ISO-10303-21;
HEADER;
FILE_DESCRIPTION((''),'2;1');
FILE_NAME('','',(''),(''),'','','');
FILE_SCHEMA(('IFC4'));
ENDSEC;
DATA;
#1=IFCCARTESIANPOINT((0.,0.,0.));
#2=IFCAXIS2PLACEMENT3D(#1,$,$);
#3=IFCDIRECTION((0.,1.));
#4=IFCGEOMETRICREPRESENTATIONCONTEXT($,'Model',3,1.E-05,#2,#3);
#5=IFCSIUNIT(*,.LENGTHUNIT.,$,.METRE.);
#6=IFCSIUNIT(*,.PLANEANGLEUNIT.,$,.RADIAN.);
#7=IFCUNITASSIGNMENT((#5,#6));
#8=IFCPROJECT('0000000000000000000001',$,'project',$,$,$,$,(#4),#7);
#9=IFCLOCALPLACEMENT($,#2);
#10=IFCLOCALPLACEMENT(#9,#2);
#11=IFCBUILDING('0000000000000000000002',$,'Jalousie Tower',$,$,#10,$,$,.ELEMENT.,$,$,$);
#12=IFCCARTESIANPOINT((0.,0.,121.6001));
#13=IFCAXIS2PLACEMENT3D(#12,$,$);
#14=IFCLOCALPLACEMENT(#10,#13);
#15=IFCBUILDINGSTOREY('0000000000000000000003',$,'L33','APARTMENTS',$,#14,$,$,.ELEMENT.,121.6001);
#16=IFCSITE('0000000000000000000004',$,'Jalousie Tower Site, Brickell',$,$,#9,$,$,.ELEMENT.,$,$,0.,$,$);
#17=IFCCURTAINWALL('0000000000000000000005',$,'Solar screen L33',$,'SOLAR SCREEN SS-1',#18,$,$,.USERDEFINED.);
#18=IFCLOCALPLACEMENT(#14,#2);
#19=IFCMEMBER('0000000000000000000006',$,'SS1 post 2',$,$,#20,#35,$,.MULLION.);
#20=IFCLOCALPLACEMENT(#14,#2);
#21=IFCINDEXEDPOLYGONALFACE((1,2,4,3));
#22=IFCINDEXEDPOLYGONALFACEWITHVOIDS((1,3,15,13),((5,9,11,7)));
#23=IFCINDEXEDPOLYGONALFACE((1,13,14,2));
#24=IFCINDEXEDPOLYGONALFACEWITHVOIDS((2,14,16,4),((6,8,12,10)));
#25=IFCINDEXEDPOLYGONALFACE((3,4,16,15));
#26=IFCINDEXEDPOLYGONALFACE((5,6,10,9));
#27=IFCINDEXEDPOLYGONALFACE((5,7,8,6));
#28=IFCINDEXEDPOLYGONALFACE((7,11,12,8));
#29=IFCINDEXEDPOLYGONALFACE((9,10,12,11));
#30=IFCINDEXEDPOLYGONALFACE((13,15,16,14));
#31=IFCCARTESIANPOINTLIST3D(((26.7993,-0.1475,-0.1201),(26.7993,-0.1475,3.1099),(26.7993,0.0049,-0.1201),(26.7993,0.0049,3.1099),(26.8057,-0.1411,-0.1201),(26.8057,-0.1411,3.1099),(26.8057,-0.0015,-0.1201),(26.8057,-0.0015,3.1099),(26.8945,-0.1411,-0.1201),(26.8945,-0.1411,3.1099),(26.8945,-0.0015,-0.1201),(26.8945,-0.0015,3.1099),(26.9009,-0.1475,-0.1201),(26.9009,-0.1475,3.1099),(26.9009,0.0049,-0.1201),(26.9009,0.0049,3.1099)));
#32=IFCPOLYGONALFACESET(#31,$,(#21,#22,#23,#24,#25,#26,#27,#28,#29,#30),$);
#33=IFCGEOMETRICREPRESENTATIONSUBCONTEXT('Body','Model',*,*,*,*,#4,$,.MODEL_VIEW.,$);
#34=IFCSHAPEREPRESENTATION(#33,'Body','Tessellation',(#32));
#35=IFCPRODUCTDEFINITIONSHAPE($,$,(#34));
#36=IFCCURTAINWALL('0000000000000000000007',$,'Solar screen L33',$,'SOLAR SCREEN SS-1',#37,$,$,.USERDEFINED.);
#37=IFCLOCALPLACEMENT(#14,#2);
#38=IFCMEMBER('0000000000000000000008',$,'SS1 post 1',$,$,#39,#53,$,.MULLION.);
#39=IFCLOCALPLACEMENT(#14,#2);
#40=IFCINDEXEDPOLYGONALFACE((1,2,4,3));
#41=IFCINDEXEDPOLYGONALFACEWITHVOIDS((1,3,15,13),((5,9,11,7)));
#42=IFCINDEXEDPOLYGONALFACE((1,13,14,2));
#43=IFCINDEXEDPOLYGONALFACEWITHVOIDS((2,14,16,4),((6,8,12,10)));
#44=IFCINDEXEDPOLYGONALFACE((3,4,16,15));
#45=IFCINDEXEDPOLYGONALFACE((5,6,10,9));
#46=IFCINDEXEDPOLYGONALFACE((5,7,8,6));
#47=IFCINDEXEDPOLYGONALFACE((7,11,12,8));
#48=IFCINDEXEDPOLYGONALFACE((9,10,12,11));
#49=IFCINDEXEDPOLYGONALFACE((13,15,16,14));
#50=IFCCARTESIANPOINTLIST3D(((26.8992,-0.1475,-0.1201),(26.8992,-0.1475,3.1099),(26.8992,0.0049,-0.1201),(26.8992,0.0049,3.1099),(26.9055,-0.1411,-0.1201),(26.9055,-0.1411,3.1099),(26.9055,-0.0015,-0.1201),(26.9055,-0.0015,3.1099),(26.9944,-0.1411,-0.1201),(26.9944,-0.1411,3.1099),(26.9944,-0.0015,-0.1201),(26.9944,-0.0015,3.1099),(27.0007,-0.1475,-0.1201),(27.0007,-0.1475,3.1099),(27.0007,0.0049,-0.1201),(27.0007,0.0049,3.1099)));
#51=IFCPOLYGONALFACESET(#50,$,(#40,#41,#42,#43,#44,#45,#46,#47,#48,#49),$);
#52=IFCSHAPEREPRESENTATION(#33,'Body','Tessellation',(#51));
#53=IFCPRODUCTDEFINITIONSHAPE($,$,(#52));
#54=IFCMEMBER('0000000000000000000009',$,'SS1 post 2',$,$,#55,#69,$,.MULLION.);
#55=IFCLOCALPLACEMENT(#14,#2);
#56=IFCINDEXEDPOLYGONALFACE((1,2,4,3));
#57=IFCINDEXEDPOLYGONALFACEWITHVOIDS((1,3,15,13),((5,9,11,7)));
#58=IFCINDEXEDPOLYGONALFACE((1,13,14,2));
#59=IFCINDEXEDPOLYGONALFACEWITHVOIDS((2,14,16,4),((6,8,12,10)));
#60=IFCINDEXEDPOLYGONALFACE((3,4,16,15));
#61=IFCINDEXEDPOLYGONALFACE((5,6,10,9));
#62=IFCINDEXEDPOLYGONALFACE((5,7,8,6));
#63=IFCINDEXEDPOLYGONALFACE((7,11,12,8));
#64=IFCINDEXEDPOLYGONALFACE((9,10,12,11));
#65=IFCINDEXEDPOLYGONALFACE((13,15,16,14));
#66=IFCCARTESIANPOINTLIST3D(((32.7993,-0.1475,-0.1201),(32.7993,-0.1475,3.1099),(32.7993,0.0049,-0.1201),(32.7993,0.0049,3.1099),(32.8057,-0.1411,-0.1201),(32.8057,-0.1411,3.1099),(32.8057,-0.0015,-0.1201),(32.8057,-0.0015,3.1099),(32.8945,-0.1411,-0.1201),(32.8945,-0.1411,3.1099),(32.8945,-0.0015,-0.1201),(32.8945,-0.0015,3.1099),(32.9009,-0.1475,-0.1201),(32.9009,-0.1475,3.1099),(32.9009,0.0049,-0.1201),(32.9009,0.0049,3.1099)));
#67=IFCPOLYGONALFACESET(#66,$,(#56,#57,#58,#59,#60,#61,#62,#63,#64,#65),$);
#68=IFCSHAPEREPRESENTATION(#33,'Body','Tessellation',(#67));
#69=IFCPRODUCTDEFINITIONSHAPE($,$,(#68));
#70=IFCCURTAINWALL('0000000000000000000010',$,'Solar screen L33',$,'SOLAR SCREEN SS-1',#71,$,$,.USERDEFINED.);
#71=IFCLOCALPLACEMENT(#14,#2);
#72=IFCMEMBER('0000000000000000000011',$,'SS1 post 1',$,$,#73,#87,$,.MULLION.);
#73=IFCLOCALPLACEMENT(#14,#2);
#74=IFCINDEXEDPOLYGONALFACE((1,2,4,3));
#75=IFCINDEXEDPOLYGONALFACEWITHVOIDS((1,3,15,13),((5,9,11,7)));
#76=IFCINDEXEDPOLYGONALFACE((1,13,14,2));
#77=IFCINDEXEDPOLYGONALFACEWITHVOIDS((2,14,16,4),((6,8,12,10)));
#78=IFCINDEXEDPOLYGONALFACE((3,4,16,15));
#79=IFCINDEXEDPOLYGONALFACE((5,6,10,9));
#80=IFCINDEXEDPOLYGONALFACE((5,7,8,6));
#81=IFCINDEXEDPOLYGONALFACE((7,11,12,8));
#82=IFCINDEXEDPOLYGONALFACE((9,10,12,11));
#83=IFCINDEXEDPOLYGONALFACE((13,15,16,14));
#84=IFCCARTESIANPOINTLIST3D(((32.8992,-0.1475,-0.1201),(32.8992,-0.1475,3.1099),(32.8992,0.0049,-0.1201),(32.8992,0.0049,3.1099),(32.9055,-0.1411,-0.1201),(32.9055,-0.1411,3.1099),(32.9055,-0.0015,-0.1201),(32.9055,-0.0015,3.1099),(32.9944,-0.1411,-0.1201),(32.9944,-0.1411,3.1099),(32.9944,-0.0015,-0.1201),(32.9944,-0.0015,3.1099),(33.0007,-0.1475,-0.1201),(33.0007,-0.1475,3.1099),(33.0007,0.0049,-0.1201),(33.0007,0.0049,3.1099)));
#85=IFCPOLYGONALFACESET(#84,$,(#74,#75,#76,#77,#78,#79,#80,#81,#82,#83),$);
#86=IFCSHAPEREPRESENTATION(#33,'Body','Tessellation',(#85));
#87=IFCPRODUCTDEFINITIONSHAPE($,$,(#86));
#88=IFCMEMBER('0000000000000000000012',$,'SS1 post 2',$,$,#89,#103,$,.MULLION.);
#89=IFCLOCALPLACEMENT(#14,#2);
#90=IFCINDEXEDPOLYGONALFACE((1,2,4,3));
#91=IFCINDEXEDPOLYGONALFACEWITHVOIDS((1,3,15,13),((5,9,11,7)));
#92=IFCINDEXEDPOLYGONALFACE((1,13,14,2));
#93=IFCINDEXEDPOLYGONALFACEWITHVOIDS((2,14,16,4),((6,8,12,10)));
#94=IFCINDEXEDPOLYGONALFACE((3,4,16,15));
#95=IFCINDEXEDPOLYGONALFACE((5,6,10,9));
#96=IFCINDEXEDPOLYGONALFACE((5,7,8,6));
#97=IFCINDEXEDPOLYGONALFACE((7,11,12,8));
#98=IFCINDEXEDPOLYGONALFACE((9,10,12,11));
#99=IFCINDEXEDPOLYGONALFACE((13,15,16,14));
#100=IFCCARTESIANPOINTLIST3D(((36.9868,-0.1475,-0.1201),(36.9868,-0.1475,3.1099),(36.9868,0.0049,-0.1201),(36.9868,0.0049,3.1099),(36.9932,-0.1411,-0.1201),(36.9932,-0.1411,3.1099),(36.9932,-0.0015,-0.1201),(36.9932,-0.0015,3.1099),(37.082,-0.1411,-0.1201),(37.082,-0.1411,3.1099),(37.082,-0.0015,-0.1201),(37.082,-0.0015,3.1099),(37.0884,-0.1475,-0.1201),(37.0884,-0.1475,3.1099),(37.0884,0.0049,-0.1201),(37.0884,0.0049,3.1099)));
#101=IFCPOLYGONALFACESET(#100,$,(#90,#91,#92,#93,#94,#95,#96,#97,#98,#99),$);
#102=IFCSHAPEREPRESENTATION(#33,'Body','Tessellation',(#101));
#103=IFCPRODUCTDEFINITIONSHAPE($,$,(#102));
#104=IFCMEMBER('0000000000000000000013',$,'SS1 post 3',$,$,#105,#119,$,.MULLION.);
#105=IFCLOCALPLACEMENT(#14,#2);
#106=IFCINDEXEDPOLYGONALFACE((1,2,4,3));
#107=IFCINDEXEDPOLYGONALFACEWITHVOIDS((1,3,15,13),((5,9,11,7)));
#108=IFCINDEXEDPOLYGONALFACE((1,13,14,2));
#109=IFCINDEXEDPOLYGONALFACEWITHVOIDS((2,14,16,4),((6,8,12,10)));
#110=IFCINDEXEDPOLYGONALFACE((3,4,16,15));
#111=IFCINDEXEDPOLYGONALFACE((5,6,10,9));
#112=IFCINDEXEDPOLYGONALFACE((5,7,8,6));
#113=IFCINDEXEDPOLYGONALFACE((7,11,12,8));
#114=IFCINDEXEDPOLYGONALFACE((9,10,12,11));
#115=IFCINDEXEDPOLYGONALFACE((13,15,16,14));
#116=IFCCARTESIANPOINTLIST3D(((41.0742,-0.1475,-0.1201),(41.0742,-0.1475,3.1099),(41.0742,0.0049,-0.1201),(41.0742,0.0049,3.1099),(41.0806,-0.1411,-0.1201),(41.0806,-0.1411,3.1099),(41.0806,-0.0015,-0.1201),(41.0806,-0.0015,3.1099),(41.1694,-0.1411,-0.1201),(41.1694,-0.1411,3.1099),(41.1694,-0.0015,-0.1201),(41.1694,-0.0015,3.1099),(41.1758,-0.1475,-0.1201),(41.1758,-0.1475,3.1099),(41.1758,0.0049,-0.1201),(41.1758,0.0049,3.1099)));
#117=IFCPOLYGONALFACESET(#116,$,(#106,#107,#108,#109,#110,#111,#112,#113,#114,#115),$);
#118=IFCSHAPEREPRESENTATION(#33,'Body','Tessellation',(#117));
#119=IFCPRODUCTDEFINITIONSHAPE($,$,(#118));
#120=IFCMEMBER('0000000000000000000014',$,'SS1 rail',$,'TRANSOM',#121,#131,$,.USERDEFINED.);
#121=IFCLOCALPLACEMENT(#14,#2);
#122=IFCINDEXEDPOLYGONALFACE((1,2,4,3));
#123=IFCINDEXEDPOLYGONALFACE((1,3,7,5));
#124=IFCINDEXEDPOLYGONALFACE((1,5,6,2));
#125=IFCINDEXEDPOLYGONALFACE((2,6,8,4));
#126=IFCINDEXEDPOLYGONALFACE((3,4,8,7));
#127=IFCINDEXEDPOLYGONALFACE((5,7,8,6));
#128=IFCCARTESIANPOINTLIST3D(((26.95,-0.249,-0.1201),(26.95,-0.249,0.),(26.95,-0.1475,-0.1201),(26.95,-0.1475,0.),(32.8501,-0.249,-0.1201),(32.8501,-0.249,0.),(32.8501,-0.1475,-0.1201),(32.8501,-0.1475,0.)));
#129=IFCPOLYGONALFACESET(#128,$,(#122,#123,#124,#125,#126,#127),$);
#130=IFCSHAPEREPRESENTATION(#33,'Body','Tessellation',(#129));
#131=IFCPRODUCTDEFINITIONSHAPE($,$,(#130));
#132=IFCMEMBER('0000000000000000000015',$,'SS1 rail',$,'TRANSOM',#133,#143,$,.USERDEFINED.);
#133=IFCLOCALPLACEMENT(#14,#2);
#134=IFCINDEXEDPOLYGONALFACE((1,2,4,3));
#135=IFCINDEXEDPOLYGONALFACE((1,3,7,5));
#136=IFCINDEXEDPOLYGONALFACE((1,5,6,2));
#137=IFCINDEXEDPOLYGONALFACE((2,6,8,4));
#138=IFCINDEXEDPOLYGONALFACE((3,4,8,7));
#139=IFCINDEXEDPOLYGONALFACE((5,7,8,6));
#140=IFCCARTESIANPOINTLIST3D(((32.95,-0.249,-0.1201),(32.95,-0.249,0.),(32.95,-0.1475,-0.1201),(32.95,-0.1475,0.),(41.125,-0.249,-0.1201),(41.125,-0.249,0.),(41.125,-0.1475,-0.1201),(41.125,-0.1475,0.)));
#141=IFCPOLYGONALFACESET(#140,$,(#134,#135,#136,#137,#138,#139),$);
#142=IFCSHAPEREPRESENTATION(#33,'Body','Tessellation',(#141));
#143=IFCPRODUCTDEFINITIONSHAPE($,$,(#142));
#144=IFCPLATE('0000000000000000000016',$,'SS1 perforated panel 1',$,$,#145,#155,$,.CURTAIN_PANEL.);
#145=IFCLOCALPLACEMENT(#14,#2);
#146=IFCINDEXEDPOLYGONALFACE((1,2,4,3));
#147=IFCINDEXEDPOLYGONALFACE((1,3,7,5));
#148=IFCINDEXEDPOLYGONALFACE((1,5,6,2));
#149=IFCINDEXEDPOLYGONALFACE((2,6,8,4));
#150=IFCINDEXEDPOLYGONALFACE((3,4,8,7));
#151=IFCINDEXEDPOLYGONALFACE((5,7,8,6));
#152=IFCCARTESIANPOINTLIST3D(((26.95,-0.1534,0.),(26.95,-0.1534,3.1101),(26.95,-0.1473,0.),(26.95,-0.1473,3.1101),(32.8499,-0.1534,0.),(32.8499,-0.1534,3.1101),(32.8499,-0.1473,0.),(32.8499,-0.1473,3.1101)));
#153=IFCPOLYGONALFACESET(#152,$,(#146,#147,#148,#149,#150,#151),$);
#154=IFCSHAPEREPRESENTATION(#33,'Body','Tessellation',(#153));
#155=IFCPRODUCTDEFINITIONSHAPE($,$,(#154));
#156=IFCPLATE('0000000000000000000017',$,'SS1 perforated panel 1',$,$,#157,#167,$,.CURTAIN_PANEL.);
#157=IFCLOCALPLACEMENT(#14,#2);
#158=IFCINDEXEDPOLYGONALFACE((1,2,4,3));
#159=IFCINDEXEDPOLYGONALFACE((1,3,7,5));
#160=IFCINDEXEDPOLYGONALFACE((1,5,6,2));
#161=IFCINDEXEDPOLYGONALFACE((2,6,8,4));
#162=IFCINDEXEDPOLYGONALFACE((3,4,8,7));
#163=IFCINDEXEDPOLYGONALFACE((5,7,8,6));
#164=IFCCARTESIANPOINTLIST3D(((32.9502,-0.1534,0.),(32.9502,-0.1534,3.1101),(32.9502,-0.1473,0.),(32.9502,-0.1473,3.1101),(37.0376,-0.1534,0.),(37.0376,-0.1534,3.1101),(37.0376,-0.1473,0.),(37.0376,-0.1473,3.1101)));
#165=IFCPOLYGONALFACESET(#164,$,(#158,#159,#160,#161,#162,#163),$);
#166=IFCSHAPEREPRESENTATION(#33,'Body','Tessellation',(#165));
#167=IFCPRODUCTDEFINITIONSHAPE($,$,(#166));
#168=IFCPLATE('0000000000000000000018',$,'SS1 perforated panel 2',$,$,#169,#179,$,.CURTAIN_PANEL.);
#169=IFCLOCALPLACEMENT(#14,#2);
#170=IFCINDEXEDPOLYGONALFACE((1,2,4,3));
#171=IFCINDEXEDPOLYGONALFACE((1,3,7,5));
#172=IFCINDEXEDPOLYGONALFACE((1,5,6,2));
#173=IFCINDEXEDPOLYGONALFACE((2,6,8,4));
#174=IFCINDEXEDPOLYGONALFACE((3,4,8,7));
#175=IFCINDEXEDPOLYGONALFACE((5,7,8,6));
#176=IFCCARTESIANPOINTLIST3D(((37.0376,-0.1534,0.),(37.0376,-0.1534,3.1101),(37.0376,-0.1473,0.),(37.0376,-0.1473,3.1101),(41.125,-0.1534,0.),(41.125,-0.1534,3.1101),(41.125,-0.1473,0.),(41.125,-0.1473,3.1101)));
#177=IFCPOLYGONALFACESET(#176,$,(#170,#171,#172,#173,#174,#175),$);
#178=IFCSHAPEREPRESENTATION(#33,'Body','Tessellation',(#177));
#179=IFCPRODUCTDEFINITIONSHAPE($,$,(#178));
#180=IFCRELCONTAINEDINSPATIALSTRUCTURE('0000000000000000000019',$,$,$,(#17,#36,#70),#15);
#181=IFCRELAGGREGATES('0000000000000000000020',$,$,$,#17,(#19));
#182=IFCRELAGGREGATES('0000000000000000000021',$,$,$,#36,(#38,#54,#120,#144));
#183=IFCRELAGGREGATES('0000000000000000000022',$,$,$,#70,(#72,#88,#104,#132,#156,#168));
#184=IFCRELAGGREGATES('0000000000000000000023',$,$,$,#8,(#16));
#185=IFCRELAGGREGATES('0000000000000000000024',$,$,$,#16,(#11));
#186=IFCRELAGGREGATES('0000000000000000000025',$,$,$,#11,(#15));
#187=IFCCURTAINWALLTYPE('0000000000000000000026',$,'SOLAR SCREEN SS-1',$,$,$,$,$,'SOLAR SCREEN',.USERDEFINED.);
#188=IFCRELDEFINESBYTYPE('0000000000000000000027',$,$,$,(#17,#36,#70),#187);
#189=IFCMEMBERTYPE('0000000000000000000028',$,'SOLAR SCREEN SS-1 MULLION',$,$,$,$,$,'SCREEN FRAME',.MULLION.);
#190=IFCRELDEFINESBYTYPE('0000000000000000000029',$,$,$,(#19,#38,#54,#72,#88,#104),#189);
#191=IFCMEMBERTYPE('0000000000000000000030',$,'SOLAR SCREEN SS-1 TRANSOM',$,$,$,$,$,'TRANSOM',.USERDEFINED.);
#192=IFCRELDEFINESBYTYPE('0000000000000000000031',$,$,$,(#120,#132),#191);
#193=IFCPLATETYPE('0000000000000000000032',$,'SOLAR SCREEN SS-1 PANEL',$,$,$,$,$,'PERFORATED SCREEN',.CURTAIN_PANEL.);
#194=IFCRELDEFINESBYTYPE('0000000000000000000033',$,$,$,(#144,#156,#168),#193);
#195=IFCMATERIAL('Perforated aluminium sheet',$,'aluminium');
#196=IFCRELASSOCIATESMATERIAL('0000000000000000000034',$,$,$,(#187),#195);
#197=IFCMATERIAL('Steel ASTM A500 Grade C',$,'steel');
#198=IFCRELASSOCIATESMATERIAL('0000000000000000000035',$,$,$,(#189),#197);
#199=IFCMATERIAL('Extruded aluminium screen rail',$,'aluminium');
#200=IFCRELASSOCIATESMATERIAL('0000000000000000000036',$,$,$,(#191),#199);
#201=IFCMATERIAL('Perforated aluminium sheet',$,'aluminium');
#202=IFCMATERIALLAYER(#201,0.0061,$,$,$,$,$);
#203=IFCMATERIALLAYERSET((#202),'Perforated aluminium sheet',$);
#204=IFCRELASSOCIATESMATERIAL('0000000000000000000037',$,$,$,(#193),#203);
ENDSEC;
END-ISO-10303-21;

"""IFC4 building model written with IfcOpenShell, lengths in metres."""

from ifc_helpers import new_model, si_unit, direction, frame, origin, origin_2d, place, context, subcontext, project, spatial, rectangle, hollow_rectangle, extrude, material, layer, layer_set, material_profile, profile_set, type_object, element, aggregate, save


model = new_model("IFC4")

# Units and contexts
model_context = context("Model", 3, precision=1e-05, world=origin(), true_north=direction((0.0, 1.0)))
body_context = subcontext(model_context, "Body", "Model", "MODEL_VIEW")
ifc_project = project(units=[si_unit("LENGTHUNIT", "METRE"), si_unit("PLANEANGLEUNIT", "RADIAN")], contexts=[model_context])

# Site, building, storey
site_placement = place(None, origin())
site = spatial("IfcSite", under=ifc_project, at=site_placement, Name="Jalousie Tower Site, Brickell", CompositionType="ELEMENT", RefElevation=0.0)
building_placement = place(site_placement, origin())
building = spatial("IfcBuilding", under=site, at=building_placement, Name="Jalousie Tower", CompositionType="ELEMENT")
storey_placement = place(building_placement, frame((0.0, 0.0, 121.6001)))
storey = spatial("IfcBuildingStorey", under=building, at=storey_placement, Name="L33", Description="APARTMENTS", CompositionType="ELEMENT", Elevation=121.6001)

# Curtain wall, member
ifc_material_1 = material(Name="Perforated aluminium sheet", Category="aluminium")
curtain_wall_type = type_object("IfcCurtainWallType", Name="SOLAR SCREEN SS-1", ElementType="SOLAR SCREEN", PredefinedType="USERDEFINED", material=ifc_material_1)
curtain_wall_1_placement = place(storey_placement, origin())
curtain_wall_1 = element("IfcCurtainWall", 1, at=curtain_wall_1_placement, inside=storey, type_object=curtain_wall_type, Name="Solar screen L33", ObjectType="SOLAR SCREEN SS-1", PredefinedType="USERDEFINED")
ifc_material_2 = material(Name="Steel ASTM A500 Grade C", Category="steel")
ifc_material_profile_1 = material_profile(ifc_material_2, hollow_rectangle(XDim=0.1016, YDim=0.1523, WallThickness=0.0063, at=origin_2d()), Name="HSS6X4X1/4")
ifc_profile_set_1 = profile_set([ifc_material_profile_1], Name="Steel ASTM A500 Grade C")
member_type_1 = type_object("IfcMemberType", Name="SOLAR SCREEN SS-1 MULLION", ElementType="SCREEN FRAME", PredefinedType="MULLION", material=ifc_profile_set_1)
member_1_placement = place(storey_placement, frame((26.8501, -0.0713, -0.1201), z_axis=(0.0, 0.0, 1.0), x_axis=(1.0, 0.0, 0.0)))
member_1 = element("IfcMember", 2, at=member_1_placement, type_object=member_type_1, Name="SS1 post 2", PredefinedType="MULLION", context=body_context, shape_type="SweptSolid", body=[
    extrude(hollow_rectangle(XDim=0.1016, YDim=0.1523, WallThickness=0.0063, at=origin_2d()), origin(), (0.0, 0.0, 1.0), 3.23),
])
aggregate(curtain_wall_1, [member_1])

# Curtain walls, members
curtain_wall_2_placement = place(storey_placement, origin())
curtain_wall_2 = element("IfcCurtainWall", 3, at=curtain_wall_2_placement, inside=storey, type_object=curtain_wall_type, Name="Solar screen L33", ObjectType="SOLAR SCREEN SS-1", PredefinedType="USERDEFINED")
member_2_placement = place(storey_placement, frame((26.95, -0.0713, -0.1201), z_axis=(0.0, 0.0, 1.0), x_axis=(1.0, 0.0, 0.0)))
member_2 = element("IfcMember", 4, at=member_2_placement, type_object=member_type_1, Name="SS1 post 1", PredefinedType="MULLION", context=body_context, shape_type="SweptSolid", body=[
    extrude(hollow_rectangle(XDim=0.1016, YDim=0.1523, WallThickness=0.0063, at=origin_2d()), origin(), (0.0, 0.0, 1.0), 3.23),
])
member_3_placement = place(storey_placement, frame((32.8501, -0.0713, -0.1201), z_axis=(0.0, 0.0, 1.0), x_axis=(1.0, 0.0, 0.0)))
member_3 = element("IfcMember", 5, at=member_3_placement, type_object=member_type_1, Name="SS1 post 2", PredefinedType="MULLION", context=body_context, shape_type="SweptSolid", body=[
    extrude(hollow_rectangle(XDim=0.1016, YDim=0.1523, WallThickness=0.0063, at=origin_2d()), origin(), (0.0, 0.0, 1.0), 3.23),
])
curtain_wall_3_placement = place(storey_placement, origin())
curtain_wall_3 = element("IfcCurtainWall", 6, at=curtain_wall_3_placement, inside=storey, type_object=curtain_wall_type, Name="Solar screen L33", ObjectType="SOLAR SCREEN SS-1", PredefinedType="USERDEFINED")
member_4_placement = place(storey_placement, frame((32.95, -0.0713, -0.1201), z_axis=(0.0, 0.0, 1.0), x_axis=(1.0, 0.0, 0.0)))
member_4 = element("IfcMember", 7, at=member_4_placement, type_object=member_type_1, Name="SS1 post 1", PredefinedType="MULLION", context=body_context, shape_type="SweptSolid", body=[
    extrude(hollow_rectangle(XDim=0.1016, YDim=0.1523, WallThickness=0.0063, at=origin_2d()), origin(), (0.0, 0.0, 1.0), 3.23),
])
member_5_placement = place(storey_placement, frame((37.0376, -0.0713, -0.1201), z_axis=(0.0, 0.0, 1.0), x_axis=(1.0, 0.0, 0.0)))
member_5 = element("IfcMember", 8, at=member_5_placement, type_object=member_type_1, Name="SS1 post 2", PredefinedType="MULLION", context=body_context, shape_type="SweptSolid", body=[
    extrude(hollow_rectangle(XDim=0.1016, YDim=0.1523, WallThickness=0.0063, at=origin_2d()), origin(), (0.0, 0.0, 1.0), 3.23),
])
member_6_placement = place(storey_placement, frame((41.125, -0.0713, -0.1201), z_axis=(0.0, 0.0, 1.0), x_axis=(1.0, 0.0, 0.0)))
member_6 = element("IfcMember", 9, at=member_6_placement, type_object=member_type_1, Name="SS1 post 3", PredefinedType="MULLION", context=body_context, shape_type="SweptSolid", body=[
    extrude(hollow_rectangle(XDim=0.1016, YDim=0.1523, WallThickness=0.0063, at=origin_2d()), origin(), (0.0, 0.0, 1.0), 3.23),
])

# Members
ifc_material_3 = material(Name="Extruded aluminium screen rail", Category="aluminium")
ifc_material_profile_2 = material_profile(ifc_material_3, rectangle(XDim=0.1016, YDim=0.1201, at=origin_2d()), Name="RAIL 102x120")
ifc_profile_set_2 = profile_set([ifc_material_profile_2], Name="Extruded aluminium screen rail")
member_type_2 = type_object("IfcMemberType", Name="SOLAR SCREEN SS-1 TRANSOM", ElementType="TRANSOM", PredefinedType="USERDEFINED", material=ifc_profile_set_2)
member_7_placement = place(storey_placement, frame((26.95, -0.1982, -0.0601), z_axis=(1.0, 0.0, 0.0), x_axis=(0.0, 1.0, 0.0)))
member_7 = element("IfcMember", 10, at=member_7_placement, type_object=member_type_2, Name="SS1 rail", ObjectType="TRANSOM", PredefinedType="USERDEFINED", context=body_context, shape_type="SweptSolid", body=[
    extrude(rectangle(XDim=0.1016, YDim=0.1201, at=origin_2d()), origin(), (0.0, 0.0, 1.0), 5.9001),
])
member_8_placement = place(storey_placement, frame((32.95, -0.1982, -0.0601), z_axis=(1.0, 0.0, 0.0), x_axis=(0.0, 1.0, 0.0)))
member_8 = element("IfcMember", 11, at=member_8_placement, type_object=member_type_2, Name="SS1 rail", ObjectType="TRANSOM", PredefinedType="USERDEFINED", context=body_context, shape_type="SweptSolid", body=[
    extrude(rectangle(XDim=0.1016, YDim=0.1201, at=origin_2d()), origin(), (0.0, 0.0, 1.0), 8.175),
])

# Plates
ifc_material_4 = material(Name="Perforated aluminium sheet", Category="aluminium")
ifc_layer_1 = layer(ifc_material_4, 0.0061)
ifc_layer_set_1 = layer_set([ifc_layer_1], Name="Perforated aluminium sheet")
plate_type = type_object("IfcPlateType", Name="SOLAR SCREEN SS-1 PANEL", ElementType="PERFORATED SCREEN", PredefinedType="CURTAIN_PANEL", material=ifc_layer_set_1)
plate_1_placement = place(storey_placement, frame((29.8999, -0.1504, 0.0), z_axis=(0.0, 0.0, 1.0), x_axis=(1.0, 0.0, 0.0)))
plate_1 = element("IfcPlate", 12, at=plate_1_placement, type_object=plate_type, Name="SS1 perforated panel 1", PredefinedType="CURTAIN_PANEL", context=body_context, shape_type="SweptSolid", body=[
    extrude(rectangle(XDim=5.8999, YDim=0.0061, at=origin_2d()), origin(), (0.0, 0.0, 1.0), 3.1101),
])
aggregate(curtain_wall_2, [member_2, member_3, member_7, plate_1])
plate_2_placement = place(storey_placement, frame((34.9939, -0.1504, 0.0), z_axis=(0.0, 0.0, 1.0), x_axis=(1.0, 0.0, 0.0)))
plate_2 = element("IfcPlate", 13, at=plate_2_placement, type_object=plate_type, Name="SS1 perforated panel 1", PredefinedType="CURTAIN_PANEL", context=body_context, shape_type="SweptSolid", body=[
    extrude(rectangle(XDim=4.0874, YDim=0.0061, at=origin_2d()), origin(), (0.0, 0.0, 1.0), 3.1101),
])
plate_3_placement = place(storey_placement, frame((39.0813, -0.1504, 0.0), z_axis=(0.0, 0.0, 1.0), x_axis=(1.0, 0.0, 0.0)))
plate_3 = element("IfcPlate", 14, at=plate_3_placement, type_object=plate_type, Name="SS1 perforated panel 2", PredefinedType="CURTAIN_PANEL", context=body_context, shape_type="SweptSolid", body=[
    extrude(rectangle(XDim=4.0874, YDim=0.0061, at=origin_2d()), origin(), (0.0, 0.0, 1.0), 3.1101),
])
aggregate(curtain_wall_3, [member_4, member_5, member_6, member_8, plate_2, plate_3])

save(model, "model.ifc")
